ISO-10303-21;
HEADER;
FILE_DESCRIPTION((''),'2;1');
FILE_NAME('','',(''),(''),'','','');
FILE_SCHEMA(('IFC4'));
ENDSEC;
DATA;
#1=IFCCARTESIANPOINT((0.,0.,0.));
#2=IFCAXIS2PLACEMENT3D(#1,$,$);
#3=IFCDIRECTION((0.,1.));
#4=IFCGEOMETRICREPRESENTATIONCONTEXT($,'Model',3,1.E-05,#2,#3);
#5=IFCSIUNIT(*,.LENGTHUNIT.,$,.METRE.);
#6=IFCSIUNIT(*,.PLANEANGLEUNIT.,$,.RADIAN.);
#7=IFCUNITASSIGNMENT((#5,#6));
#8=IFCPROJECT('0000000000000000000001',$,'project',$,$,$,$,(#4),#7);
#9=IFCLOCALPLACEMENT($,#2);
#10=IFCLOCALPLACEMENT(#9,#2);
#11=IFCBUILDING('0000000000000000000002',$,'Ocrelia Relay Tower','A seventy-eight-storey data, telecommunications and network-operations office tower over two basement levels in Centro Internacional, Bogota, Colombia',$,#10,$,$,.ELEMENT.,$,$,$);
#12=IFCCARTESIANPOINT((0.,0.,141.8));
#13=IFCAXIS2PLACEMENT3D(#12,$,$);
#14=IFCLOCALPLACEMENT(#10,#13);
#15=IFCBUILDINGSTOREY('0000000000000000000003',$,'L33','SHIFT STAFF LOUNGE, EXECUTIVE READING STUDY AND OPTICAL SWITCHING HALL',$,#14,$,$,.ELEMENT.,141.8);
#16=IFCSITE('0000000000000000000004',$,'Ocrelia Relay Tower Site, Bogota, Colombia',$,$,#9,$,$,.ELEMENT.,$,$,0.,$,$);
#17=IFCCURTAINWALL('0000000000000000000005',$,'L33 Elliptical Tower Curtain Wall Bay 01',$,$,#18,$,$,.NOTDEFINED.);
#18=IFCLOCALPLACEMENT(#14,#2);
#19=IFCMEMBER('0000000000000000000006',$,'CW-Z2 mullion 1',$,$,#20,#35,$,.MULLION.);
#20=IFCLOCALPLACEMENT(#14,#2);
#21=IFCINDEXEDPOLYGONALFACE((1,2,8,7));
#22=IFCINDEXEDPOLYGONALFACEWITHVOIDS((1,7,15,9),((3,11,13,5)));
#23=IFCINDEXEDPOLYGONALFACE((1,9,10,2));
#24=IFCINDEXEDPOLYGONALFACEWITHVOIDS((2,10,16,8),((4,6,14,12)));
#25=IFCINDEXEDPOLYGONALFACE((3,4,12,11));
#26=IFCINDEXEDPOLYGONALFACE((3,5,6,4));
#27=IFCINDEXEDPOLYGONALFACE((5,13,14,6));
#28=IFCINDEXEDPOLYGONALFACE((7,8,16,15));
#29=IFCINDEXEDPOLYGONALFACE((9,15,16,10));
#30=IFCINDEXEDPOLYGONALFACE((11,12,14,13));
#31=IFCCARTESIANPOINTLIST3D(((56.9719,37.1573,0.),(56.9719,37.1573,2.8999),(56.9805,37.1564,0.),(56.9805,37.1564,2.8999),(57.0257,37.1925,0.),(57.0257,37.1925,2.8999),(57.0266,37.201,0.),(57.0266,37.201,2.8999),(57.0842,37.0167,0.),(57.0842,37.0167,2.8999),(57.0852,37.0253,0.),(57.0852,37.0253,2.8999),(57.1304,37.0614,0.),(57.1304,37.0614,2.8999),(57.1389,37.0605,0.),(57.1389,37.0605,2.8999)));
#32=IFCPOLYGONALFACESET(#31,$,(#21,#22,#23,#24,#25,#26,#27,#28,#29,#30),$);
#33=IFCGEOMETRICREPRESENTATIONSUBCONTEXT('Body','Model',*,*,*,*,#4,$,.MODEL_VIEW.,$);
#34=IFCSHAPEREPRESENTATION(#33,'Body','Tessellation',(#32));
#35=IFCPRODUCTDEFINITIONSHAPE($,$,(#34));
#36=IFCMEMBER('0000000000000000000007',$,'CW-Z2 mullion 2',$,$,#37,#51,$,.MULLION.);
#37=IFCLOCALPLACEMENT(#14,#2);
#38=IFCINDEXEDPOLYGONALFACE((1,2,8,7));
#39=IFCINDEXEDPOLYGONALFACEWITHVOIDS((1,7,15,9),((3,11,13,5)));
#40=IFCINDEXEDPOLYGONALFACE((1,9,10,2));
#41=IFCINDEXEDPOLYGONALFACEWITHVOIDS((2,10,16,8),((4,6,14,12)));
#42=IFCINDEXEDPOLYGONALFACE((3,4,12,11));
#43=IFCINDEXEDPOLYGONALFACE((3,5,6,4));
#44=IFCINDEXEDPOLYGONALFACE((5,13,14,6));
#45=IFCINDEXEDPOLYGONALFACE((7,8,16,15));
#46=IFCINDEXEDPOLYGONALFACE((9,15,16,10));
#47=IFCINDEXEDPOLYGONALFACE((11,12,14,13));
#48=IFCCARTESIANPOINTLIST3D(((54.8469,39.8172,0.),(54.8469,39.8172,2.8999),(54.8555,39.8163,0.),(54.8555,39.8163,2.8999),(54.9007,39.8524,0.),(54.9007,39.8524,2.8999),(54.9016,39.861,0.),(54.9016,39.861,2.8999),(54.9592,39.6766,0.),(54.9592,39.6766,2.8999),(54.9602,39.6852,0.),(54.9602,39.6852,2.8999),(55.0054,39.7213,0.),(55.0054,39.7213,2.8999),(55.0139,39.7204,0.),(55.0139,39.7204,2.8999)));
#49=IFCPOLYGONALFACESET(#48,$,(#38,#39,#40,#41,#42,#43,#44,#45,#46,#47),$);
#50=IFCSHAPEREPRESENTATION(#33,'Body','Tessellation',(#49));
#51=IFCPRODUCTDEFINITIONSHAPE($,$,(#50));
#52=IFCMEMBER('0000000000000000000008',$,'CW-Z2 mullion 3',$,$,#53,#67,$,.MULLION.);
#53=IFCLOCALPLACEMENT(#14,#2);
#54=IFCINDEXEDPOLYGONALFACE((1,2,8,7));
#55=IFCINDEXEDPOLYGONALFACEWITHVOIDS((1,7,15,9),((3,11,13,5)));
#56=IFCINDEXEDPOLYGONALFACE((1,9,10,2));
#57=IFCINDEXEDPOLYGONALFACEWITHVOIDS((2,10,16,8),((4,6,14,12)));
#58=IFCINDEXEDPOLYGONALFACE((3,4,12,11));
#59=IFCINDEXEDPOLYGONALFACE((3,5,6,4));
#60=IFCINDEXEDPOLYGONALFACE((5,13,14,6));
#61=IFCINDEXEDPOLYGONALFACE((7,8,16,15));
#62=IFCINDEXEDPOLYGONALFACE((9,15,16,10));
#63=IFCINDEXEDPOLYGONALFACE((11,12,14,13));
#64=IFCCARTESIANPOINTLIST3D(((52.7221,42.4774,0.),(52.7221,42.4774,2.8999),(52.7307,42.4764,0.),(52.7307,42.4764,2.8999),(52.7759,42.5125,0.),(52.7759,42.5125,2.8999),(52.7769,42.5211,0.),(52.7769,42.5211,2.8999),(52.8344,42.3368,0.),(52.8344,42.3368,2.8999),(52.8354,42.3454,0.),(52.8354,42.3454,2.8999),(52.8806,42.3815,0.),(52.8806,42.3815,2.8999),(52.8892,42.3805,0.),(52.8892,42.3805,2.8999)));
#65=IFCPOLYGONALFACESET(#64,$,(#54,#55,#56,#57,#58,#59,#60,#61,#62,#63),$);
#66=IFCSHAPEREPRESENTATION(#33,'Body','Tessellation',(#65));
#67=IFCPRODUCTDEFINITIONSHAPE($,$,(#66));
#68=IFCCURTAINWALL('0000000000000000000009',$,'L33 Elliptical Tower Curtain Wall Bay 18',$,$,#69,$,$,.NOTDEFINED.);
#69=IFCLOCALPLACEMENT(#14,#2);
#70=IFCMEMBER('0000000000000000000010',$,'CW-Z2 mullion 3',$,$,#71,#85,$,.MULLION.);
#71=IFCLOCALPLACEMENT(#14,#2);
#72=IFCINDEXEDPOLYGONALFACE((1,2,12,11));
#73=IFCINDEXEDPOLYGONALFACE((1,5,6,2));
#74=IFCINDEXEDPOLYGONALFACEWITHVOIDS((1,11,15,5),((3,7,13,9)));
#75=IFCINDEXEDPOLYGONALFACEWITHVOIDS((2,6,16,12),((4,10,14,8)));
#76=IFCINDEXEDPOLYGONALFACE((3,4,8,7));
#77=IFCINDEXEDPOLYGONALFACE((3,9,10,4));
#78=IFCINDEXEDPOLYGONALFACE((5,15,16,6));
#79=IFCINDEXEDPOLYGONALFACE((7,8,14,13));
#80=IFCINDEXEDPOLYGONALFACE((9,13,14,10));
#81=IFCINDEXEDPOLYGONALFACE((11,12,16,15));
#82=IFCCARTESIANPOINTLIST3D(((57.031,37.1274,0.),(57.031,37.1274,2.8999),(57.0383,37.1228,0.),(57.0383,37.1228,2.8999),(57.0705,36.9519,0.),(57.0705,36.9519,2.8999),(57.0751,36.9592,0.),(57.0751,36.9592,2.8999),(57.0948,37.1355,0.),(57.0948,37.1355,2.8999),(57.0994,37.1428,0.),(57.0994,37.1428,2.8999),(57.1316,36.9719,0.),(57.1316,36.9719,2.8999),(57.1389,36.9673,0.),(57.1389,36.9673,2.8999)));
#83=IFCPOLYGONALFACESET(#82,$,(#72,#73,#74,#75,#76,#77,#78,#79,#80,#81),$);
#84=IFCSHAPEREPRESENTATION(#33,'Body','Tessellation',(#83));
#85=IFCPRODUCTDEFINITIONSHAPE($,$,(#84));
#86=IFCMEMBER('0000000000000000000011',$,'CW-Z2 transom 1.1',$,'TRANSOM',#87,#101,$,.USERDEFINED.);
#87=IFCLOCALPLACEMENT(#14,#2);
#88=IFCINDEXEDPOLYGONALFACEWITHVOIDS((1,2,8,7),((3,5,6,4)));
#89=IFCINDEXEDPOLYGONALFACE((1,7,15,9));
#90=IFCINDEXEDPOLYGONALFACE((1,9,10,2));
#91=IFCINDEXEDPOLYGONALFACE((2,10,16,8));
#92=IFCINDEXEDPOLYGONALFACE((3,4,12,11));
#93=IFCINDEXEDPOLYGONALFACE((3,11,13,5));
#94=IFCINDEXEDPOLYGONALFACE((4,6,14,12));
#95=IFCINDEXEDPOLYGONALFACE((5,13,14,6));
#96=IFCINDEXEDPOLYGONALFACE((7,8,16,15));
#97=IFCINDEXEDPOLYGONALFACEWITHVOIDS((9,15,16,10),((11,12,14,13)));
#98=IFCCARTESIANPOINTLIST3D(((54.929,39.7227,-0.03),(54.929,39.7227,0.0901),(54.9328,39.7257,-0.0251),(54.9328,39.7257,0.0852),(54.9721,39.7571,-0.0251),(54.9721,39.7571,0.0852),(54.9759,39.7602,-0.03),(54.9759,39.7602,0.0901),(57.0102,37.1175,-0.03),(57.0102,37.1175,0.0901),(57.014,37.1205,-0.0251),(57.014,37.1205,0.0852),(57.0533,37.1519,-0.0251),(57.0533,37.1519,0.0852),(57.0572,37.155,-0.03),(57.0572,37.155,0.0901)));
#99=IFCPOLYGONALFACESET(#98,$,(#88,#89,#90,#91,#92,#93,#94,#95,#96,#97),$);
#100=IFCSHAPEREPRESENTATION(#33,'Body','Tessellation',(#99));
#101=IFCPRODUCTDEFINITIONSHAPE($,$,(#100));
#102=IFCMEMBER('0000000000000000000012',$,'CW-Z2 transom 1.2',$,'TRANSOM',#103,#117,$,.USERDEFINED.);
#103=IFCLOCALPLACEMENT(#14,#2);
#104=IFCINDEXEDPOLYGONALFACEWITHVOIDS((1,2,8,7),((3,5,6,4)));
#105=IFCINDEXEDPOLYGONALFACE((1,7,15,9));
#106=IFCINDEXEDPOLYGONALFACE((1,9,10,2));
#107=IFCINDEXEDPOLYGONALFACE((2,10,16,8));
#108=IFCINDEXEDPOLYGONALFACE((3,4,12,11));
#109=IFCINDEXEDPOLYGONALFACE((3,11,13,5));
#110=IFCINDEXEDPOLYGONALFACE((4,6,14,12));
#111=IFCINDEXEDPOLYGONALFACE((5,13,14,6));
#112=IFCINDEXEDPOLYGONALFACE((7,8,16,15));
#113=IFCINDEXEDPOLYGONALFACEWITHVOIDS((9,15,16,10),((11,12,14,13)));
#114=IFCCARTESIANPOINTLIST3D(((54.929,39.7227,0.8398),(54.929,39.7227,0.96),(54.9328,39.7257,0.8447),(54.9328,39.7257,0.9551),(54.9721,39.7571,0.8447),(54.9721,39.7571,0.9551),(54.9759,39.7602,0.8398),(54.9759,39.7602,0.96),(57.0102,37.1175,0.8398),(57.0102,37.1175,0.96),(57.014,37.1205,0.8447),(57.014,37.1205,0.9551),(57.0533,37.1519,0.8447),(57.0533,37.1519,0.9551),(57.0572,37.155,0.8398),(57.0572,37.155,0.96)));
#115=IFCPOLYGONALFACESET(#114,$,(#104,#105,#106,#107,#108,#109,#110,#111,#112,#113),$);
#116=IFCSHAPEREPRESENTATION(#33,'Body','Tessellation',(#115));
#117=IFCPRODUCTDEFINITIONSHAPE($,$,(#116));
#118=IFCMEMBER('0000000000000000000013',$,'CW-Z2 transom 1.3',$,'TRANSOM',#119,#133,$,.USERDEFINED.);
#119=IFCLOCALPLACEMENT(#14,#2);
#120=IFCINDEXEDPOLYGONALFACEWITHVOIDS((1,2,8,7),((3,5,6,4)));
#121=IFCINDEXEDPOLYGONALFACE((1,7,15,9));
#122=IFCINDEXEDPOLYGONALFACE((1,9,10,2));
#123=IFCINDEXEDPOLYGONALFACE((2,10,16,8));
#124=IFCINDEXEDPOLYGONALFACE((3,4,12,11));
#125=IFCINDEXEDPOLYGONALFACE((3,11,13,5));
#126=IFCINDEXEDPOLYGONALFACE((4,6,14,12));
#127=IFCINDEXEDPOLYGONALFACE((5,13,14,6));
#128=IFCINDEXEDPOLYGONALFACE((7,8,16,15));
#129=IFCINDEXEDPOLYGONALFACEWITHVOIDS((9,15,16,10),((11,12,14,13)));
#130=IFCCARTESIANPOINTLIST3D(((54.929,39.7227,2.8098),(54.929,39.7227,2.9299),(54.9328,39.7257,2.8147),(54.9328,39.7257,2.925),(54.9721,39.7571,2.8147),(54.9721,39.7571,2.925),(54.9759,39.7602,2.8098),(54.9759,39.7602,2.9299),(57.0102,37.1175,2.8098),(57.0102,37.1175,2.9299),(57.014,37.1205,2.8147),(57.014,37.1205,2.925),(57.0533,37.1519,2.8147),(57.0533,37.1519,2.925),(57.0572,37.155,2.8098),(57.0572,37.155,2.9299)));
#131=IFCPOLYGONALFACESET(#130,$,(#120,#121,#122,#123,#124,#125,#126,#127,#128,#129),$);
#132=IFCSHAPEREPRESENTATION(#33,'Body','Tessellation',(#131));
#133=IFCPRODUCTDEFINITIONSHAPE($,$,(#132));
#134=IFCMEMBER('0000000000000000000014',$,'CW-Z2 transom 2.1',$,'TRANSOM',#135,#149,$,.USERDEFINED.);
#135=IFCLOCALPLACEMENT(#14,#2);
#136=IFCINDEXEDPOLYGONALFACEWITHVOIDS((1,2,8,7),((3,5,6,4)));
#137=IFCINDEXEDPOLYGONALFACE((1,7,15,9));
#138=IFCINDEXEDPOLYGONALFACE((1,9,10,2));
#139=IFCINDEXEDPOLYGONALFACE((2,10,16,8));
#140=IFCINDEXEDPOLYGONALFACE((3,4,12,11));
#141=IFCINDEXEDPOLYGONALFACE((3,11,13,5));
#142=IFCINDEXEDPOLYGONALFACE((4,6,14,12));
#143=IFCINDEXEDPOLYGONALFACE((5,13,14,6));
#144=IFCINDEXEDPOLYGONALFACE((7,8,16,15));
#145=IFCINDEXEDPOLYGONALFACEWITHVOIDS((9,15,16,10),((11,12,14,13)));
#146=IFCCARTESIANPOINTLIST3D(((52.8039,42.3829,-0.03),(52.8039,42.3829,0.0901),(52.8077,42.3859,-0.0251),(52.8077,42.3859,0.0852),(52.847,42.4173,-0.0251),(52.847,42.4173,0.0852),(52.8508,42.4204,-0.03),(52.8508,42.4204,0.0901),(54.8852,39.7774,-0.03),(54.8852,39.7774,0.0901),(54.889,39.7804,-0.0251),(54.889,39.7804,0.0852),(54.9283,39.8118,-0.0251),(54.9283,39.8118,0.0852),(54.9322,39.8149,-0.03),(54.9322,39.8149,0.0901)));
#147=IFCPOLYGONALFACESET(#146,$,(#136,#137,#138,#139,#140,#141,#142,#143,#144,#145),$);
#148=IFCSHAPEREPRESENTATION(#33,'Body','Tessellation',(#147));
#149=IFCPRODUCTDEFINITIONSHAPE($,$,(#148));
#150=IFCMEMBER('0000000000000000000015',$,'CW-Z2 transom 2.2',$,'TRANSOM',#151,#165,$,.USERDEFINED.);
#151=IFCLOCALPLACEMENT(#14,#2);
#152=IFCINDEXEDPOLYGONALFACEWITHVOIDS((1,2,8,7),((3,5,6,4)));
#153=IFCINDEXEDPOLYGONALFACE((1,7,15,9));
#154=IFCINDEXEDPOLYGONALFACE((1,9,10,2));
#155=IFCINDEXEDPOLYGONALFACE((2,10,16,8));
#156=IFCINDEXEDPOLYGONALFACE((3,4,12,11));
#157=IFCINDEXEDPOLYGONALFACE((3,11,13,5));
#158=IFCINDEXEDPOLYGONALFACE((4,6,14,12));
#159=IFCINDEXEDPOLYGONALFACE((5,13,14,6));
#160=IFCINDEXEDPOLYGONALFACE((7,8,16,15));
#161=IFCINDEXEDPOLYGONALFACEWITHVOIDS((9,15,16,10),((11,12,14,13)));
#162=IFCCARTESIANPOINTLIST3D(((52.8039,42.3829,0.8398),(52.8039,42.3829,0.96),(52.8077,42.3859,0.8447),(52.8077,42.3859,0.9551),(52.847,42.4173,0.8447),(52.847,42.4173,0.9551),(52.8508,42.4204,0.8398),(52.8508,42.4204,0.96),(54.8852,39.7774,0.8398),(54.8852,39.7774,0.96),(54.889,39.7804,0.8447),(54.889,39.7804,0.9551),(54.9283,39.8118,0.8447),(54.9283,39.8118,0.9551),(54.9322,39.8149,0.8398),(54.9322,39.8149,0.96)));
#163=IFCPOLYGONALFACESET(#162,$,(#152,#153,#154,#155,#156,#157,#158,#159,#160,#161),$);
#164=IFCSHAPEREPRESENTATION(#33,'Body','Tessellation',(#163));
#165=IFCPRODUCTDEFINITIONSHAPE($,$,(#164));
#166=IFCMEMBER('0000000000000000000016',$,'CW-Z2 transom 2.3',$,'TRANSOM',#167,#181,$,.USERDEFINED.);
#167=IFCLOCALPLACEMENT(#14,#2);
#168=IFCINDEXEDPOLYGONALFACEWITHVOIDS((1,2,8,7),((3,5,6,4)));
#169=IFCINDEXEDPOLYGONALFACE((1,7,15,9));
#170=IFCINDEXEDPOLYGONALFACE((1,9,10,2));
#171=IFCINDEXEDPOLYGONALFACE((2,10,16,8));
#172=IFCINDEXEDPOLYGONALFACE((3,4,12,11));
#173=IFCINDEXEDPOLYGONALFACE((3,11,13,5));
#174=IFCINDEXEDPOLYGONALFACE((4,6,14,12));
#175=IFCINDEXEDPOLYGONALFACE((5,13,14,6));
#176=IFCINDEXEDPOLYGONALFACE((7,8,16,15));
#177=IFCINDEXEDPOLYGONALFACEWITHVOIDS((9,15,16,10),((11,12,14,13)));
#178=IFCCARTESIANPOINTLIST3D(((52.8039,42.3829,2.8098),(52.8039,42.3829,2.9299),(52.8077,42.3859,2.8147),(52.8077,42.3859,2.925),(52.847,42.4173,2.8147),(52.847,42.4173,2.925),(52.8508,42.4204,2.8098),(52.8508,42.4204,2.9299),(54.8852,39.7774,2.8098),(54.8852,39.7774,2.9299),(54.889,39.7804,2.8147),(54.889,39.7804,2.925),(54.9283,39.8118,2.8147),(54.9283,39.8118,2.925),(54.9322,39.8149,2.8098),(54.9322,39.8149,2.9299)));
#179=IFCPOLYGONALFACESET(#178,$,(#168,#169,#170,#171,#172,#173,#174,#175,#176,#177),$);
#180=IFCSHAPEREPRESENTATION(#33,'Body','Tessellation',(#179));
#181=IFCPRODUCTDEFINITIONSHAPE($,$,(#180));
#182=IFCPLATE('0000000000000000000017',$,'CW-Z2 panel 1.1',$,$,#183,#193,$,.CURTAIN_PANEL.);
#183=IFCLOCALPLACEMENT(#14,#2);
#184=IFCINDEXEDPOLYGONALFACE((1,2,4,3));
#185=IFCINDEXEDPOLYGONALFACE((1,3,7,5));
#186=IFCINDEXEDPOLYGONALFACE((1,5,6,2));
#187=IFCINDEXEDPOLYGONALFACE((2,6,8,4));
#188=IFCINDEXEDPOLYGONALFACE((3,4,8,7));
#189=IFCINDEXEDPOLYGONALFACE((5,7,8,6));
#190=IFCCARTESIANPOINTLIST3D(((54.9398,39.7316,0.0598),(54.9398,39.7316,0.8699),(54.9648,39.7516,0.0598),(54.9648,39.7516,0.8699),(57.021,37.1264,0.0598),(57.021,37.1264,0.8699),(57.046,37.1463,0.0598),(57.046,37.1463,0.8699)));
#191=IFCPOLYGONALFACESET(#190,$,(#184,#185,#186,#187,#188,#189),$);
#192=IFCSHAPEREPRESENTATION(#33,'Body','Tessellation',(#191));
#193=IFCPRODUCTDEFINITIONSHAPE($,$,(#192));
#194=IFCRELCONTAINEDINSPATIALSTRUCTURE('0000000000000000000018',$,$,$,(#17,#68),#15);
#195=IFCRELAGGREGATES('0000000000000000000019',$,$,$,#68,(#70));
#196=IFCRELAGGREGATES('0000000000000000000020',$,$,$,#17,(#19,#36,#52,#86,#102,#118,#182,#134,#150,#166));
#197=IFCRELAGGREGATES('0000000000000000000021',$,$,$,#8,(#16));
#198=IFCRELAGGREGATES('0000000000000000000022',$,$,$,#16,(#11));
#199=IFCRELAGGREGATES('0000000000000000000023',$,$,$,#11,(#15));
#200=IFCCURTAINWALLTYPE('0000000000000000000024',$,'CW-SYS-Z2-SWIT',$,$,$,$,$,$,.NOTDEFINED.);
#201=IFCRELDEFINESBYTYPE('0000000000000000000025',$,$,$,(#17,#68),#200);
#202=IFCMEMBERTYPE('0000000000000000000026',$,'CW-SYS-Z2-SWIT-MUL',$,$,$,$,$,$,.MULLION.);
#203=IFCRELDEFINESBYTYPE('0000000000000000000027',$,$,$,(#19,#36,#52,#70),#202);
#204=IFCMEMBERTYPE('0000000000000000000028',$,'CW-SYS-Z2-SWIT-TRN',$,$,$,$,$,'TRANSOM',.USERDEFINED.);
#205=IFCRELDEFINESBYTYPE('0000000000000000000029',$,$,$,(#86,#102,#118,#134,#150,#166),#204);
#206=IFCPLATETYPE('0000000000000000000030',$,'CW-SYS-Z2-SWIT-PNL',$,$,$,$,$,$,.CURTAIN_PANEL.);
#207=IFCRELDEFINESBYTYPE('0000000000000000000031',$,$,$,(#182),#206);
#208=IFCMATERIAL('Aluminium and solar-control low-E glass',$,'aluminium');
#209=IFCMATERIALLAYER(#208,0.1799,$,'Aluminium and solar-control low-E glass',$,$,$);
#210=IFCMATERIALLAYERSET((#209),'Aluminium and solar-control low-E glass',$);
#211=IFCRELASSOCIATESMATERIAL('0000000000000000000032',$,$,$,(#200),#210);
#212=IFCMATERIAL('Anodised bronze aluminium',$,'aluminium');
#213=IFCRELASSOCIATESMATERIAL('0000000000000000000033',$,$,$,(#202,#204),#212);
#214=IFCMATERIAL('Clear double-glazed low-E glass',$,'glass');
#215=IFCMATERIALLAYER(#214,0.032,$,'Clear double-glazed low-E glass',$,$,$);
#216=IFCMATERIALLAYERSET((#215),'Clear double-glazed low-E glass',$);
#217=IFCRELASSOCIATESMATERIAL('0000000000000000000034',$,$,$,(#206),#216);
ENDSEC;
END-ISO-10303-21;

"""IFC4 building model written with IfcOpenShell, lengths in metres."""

from ifc_helpers import new_model, si_unit, direction, frame, origin, origin_2d, place, context, subcontext, project, spatial, rectangle, hollow_rectangle, extrude, material, layer, layer_set, material_profile, profile_set, type_object, element, aggregate, save


model = new_model("IFC4")

# Units and contexts
model_context = context("Model", 3, precision=1e-05, world=origin(), true_north=direction((0.0, 1.0)))
body_context = subcontext(model_context, "Body", "Model", "MODEL_VIEW")
ifc_project = project(units=[si_unit("LENGTHUNIT", "METRE"), si_unit("PLANEANGLEUNIT", "RADIAN")], contexts=[model_context])

# Site, building, storey
site_placement = place(None, origin())
site = spatial("IfcSite", under=ifc_project, at=site_placement, Name="Ocrelia Relay Tower Site, Bogota, Colombia", CompositionType="ELEMENT", RefElevation=0.0)
building_placement = place(site_placement, origin())
building = spatial("IfcBuilding", under=site, at=building_placement, Name="Ocrelia Relay Tower", Description="A seventy-eight-storey data, telecommunications and network-operations office tower over two basement levels in Centro Internacional, Bogota, Colombia", CompositionType="ELEMENT")
storey_placement = place(building_placement, frame((0.0, 0.0, 141.8)))
storey = spatial("IfcBuildingStorey", under=building, at=storey_placement, Name="L33", Description="SHIFT STAFF LOUNGE, EXECUTIVE READING STUDY AND OPTICAL SWITCHING HALL", CompositionType="ELEMENT", Elevation=141.8)

# Curtain wall, members
ifc_material_1 = material(Name="Aluminium and solar-control low-E glass", Category="aluminium")
ifc_layer_1 = layer(ifc_material_1, 0.1799, Name="Aluminium and solar-control low-E glass")
ifc_layer_set_1 = layer_set([ifc_layer_1], Name="Aluminium and solar-control low-E glass")
curtain_wall_type = type_object("IfcCurtainWallType", Name="CW-SYS-Z2-SWIT", PredefinedType="NOTDEFINED", material=ifc_layer_set_1)
curtain_wall_1_placement = place(storey_placement, origin())
curtain_wall_1 = element("IfcCurtainWall", 1, at=curtain_wall_1_placement, inside=storey, type_object=curtain_wall_type, Name="L33 Elliptical Tower Curtain Wall Bay 01", PredefinedType="NOTDEFINED")
ifc_material_2 = material(Name="Anodised bronze aluminium", Category="aluminium")
ifc_material_profile_1 = material_profile(ifc_material_2, hollow_rectangle(XDim=0.0701, YDim=0.1799, WallThickness=0.0061, at=origin_2d()), Name="CW-MUL-180x70")
ifc_profile_set_1 = profile_set([ifc_material_profile_1], Name="Anodised bronze aluminium")
member_type_1 = type_object("IfcMemberType", Name="CW-SYS-Z2-SWIT-MUL", PredefinedType="MULLION", material=ifc_profile_set_1)
member_1_placement = place(storey_placement, frame((57.0554, 37.1089, 0.0), z_axis=(0.0, 0.0, 1.0), x_axis=(-0.781305, -0.624149, 0.0)))
member_1 = element("IfcMember", 2, at=member_1_placement, type_object=member_type_1, Name="CW-Z2 mullion 1", PredefinedType="MULLION", context=body_context, shape_type="SweptSolid", body=[
    extrude(hollow_rectangle(XDim=0.0701, YDim=0.1799, WallThickness=0.0061, at=origin_2d()), origin(), (0.0, 0.0, 1.0), 2.8999),
])
member_2_placement = place(storey_placement, frame((54.9304, 39.7688, 0.0), z_axis=(0.0, 0.0, 1.0), x_axis=(-0.781305, -0.624149, 0.0)))
member_2 = element("IfcMember", 3, at=member_2_placement, type_object=member_type_1, Name="CW-Z2 mullion 2", PredefinedType="MULLION", context=body_context, shape_type="SweptSolid", body=[
    extrude(hollow_rectangle(XDim=0.0701, YDim=0.1799, WallThickness=0.0061, at=origin_2d()), origin(), (0.0, 0.0, 1.0), 2.8999),
])
member_3_placement = place(storey_placement, frame((52.8057, 42.429, 0.0), z_axis=(0.0, 0.0, 1.0), x_axis=(-0.781305, -0.624149, 0.0)))
member_3 = element("IfcMember", 4, at=member_3_placement, type_object=member_type_1, Name="CW-Z2 mullion 3", PredefinedType="MULLION", context=body_context, shape_type="SweptSolid", body=[
    extrude(hollow_rectangle(XDim=0.0701, YDim=0.1799, WallThickness=0.0061, at=origin_2d()), origin(), (0.0, 0.0, 1.0), 2.8999),
])

# Curtain wall, member
curtain_wall_2_placement = place(storey_placement, origin())
curtain_wall_2 = element("IfcCurtainWall", 5, at=curtain_wall_2_placement, inside=storey, type_object=curtain_wall_type, Name="L33 Elliptical Tower Curtain Wall Bay 18", PredefinedType="NOTDEFINED")
member_4_placement = place(storey_placement, frame((57.085, 37.0474, 0.0), z_axis=(0.0, 0.0, 1.0), x_axis=(-0.975611, -0.219506, 0.0)))
member_4 = element("IfcMember", 6, at=member_4_placement, type_object=member_type_1, Name="CW-Z2 mullion 3", PredefinedType="MULLION", context=body_context, shape_type="SweptSolid", body=[
    extrude(hollow_rectangle(XDim=0.0701, YDim=0.1799, WallThickness=0.0061, at=origin_2d()), origin(), (0.0, 0.0, 1.0), 2.8999),
])
aggregate(curtain_wall_2, [member_4])

# Members
ifc_material_profile_2 = material_profile(ifc_material_2, hollow_rectangle(XDim=0.0601, YDim=0.1201, WallThickness=0.0049, at=origin_2d()), Name="CW-TRN-120x60")
ifc_profile_set_2 = profile_set([ifc_material_profile_2], Name="Anodised bronze aluminium")
member_type_2 = type_object("IfcMemberType", Name="CW-SYS-Z2-SWIT-TRN", ElementType="TRANSOM", PredefinedType="USERDEFINED", material=ifc_profile_set_2)
member_5_placement = place(storey_placement, frame((57.0337, 37.1362, 0.03), z_axis=(-0.624168, 0.78129, 0.0), x_axis=(-0.78129, -0.624168, 0.0)))
member_5 = element("IfcMember", 7, at=member_5_placement, type_object=member_type_2, Name="CW-Z2 transom 1.1", ObjectType="TRANSOM", PredefinedType="USERDEFINED", context=body_context, shape_type="SweptSolid", body=[
    extrude(hollow_rectangle(XDim=0.0601, YDim=0.1201, WallThickness=0.0049, at=origin_2d()), origin(), (0.0, 0.0, 1.0), 3.3345),
])
member_6_placement = place(storey_placement, frame((57.0337, 37.1362, 0.8999), z_axis=(-0.624168, 0.78129, 0.0), x_axis=(-0.78129, -0.624168, 0.0)))
member_6 = element("IfcMember", 8, at=member_6_placement, type_object=member_type_2, Name="CW-Z2 transom 1.2", ObjectType="TRANSOM", PredefinedType="USERDEFINED", context=body_context, shape_type="SweptSolid", body=[
    extrude(hollow_rectangle(XDim=0.0601, YDim=0.1201, WallThickness=0.0049, at=origin_2d()), origin(), (0.0, 0.0, 1.0), 3.3345),
])
member_7_placement = place(storey_placement, frame((57.0337, 37.1362, 2.8699), z_axis=(-0.624168, 0.78129, 0.0), x_axis=(-0.78129, -0.624168, 0.0)))
member_7 = element("IfcMember", 9, at=member_7_placement, type_object=member_type_2, Name="CW-Z2 transom 1.3", ObjectType="TRANSOM", PredefinedType="USERDEFINED", context=body_context, shape_type="SweptSolid", body=[
    extrude(hollow_rectangle(XDim=0.0601, YDim=0.1201, WallThickness=0.0049, at=origin_2d()), origin(), (0.0, 0.0, 1.0), 3.3345),
])
member_8_placement = place(storey_placement, frame((54.9087, 39.7961, 0.03), z_axis=(-0.624132, 0.781319, 0.0), x_axis=(-0.781319, -0.624132, 0.0)))
member_8 = element("IfcMember", 10, at=member_8_placement, type_object=member_type_2, Name="CW-Z2 transom 2.1", ObjectType="TRANSOM", PredefinedType="USERDEFINED", context=body_context, shape_type="SweptSolid", body=[
    extrude(hollow_rectangle(XDim=0.0601, YDim=0.1201, WallThickness=0.0049, at=origin_2d()), origin(), (0.0, 0.0, 1.0), 3.3347),
])
member_9_placement = place(storey_placement, frame((54.9087, 39.7961, 0.8999), z_axis=(-0.624132, 0.781319, 0.0), x_axis=(-0.781319, -0.624132, 0.0)))
member_9 = element("IfcMember", 11, at=member_9_placement, type_object=member_type_2, Name="CW-Z2 transom 2.2", ObjectType="TRANSOM", PredefinedType="USERDEFINED", context=body_context, shape_type="SweptSolid", body=[
    extrude(hollow_rectangle(XDim=0.0601, YDim=0.1201, WallThickness=0.0049, at=origin_2d()), origin(), (0.0, 0.0, 1.0), 3.3347),
])
member_10_placement = place(storey_placement, frame((54.9087, 39.7961, 2.8699), z_axis=(-0.624132, 0.781319, 0.0), x_axis=(-0.781319, -0.624132, 0.0)))
member_10 = element("IfcMember", 12, at=member_10_placement, type_object=member_type_2, Name="CW-Z2 transom 2.3", ObjectType="TRANSOM", PredefinedType="USERDEFINED", context=body_context, shape_type="SweptSolid", body=[
    extrude(hollow_rectangle(XDim=0.0601, YDim=0.1201, WallThickness=0.0049, at=origin_2d()), origin(), (0.0, 0.0, 1.0), 3.3347),
])

# Plate
ifc_material_3 = material(Name="Clear double-glazed low-E glass", Category="glass")
ifc_layer_2 = layer(ifc_material_3, 0.032, Name="Clear double-glazed low-E glass")
ifc_layer_set_2 = layer_set([ifc_layer_2], Name="Clear double-glazed low-E glass")
plate_type = type_object("IfcPlateType", Name="CW-SYS-Z2-SWIT-PNL", PredefinedType="CURTAIN_PANEL", material=ifc_layer_set_2)
plate_1_placement = place(storey_placement, frame((55.9929, 38.439, 0.0598), z_axis=(0.0, 0.0, 1.0), x_axis=(-0.624149, 0.781305, 0.0)))
plate_1 = element("IfcPlate", 13, at=plate_1_placement, type_object=plate_type, Name="CW-Z2 panel 1.1", PredefinedType="CURTAIN_PANEL", context=body_context, shape_type="SweptSolid", body=[
    extrude(rectangle(XDim=3.3345, YDim=0.032, at=origin_2d()), origin(), (0.0, 0.0, 1.0), 0.8101),
])
aggregate(curtain_wall_1, [member_1, member_2, member_3, member_5, member_6, member_7, plate_1, member_8, member_9, member_10])

save(model, "model.ifc")
